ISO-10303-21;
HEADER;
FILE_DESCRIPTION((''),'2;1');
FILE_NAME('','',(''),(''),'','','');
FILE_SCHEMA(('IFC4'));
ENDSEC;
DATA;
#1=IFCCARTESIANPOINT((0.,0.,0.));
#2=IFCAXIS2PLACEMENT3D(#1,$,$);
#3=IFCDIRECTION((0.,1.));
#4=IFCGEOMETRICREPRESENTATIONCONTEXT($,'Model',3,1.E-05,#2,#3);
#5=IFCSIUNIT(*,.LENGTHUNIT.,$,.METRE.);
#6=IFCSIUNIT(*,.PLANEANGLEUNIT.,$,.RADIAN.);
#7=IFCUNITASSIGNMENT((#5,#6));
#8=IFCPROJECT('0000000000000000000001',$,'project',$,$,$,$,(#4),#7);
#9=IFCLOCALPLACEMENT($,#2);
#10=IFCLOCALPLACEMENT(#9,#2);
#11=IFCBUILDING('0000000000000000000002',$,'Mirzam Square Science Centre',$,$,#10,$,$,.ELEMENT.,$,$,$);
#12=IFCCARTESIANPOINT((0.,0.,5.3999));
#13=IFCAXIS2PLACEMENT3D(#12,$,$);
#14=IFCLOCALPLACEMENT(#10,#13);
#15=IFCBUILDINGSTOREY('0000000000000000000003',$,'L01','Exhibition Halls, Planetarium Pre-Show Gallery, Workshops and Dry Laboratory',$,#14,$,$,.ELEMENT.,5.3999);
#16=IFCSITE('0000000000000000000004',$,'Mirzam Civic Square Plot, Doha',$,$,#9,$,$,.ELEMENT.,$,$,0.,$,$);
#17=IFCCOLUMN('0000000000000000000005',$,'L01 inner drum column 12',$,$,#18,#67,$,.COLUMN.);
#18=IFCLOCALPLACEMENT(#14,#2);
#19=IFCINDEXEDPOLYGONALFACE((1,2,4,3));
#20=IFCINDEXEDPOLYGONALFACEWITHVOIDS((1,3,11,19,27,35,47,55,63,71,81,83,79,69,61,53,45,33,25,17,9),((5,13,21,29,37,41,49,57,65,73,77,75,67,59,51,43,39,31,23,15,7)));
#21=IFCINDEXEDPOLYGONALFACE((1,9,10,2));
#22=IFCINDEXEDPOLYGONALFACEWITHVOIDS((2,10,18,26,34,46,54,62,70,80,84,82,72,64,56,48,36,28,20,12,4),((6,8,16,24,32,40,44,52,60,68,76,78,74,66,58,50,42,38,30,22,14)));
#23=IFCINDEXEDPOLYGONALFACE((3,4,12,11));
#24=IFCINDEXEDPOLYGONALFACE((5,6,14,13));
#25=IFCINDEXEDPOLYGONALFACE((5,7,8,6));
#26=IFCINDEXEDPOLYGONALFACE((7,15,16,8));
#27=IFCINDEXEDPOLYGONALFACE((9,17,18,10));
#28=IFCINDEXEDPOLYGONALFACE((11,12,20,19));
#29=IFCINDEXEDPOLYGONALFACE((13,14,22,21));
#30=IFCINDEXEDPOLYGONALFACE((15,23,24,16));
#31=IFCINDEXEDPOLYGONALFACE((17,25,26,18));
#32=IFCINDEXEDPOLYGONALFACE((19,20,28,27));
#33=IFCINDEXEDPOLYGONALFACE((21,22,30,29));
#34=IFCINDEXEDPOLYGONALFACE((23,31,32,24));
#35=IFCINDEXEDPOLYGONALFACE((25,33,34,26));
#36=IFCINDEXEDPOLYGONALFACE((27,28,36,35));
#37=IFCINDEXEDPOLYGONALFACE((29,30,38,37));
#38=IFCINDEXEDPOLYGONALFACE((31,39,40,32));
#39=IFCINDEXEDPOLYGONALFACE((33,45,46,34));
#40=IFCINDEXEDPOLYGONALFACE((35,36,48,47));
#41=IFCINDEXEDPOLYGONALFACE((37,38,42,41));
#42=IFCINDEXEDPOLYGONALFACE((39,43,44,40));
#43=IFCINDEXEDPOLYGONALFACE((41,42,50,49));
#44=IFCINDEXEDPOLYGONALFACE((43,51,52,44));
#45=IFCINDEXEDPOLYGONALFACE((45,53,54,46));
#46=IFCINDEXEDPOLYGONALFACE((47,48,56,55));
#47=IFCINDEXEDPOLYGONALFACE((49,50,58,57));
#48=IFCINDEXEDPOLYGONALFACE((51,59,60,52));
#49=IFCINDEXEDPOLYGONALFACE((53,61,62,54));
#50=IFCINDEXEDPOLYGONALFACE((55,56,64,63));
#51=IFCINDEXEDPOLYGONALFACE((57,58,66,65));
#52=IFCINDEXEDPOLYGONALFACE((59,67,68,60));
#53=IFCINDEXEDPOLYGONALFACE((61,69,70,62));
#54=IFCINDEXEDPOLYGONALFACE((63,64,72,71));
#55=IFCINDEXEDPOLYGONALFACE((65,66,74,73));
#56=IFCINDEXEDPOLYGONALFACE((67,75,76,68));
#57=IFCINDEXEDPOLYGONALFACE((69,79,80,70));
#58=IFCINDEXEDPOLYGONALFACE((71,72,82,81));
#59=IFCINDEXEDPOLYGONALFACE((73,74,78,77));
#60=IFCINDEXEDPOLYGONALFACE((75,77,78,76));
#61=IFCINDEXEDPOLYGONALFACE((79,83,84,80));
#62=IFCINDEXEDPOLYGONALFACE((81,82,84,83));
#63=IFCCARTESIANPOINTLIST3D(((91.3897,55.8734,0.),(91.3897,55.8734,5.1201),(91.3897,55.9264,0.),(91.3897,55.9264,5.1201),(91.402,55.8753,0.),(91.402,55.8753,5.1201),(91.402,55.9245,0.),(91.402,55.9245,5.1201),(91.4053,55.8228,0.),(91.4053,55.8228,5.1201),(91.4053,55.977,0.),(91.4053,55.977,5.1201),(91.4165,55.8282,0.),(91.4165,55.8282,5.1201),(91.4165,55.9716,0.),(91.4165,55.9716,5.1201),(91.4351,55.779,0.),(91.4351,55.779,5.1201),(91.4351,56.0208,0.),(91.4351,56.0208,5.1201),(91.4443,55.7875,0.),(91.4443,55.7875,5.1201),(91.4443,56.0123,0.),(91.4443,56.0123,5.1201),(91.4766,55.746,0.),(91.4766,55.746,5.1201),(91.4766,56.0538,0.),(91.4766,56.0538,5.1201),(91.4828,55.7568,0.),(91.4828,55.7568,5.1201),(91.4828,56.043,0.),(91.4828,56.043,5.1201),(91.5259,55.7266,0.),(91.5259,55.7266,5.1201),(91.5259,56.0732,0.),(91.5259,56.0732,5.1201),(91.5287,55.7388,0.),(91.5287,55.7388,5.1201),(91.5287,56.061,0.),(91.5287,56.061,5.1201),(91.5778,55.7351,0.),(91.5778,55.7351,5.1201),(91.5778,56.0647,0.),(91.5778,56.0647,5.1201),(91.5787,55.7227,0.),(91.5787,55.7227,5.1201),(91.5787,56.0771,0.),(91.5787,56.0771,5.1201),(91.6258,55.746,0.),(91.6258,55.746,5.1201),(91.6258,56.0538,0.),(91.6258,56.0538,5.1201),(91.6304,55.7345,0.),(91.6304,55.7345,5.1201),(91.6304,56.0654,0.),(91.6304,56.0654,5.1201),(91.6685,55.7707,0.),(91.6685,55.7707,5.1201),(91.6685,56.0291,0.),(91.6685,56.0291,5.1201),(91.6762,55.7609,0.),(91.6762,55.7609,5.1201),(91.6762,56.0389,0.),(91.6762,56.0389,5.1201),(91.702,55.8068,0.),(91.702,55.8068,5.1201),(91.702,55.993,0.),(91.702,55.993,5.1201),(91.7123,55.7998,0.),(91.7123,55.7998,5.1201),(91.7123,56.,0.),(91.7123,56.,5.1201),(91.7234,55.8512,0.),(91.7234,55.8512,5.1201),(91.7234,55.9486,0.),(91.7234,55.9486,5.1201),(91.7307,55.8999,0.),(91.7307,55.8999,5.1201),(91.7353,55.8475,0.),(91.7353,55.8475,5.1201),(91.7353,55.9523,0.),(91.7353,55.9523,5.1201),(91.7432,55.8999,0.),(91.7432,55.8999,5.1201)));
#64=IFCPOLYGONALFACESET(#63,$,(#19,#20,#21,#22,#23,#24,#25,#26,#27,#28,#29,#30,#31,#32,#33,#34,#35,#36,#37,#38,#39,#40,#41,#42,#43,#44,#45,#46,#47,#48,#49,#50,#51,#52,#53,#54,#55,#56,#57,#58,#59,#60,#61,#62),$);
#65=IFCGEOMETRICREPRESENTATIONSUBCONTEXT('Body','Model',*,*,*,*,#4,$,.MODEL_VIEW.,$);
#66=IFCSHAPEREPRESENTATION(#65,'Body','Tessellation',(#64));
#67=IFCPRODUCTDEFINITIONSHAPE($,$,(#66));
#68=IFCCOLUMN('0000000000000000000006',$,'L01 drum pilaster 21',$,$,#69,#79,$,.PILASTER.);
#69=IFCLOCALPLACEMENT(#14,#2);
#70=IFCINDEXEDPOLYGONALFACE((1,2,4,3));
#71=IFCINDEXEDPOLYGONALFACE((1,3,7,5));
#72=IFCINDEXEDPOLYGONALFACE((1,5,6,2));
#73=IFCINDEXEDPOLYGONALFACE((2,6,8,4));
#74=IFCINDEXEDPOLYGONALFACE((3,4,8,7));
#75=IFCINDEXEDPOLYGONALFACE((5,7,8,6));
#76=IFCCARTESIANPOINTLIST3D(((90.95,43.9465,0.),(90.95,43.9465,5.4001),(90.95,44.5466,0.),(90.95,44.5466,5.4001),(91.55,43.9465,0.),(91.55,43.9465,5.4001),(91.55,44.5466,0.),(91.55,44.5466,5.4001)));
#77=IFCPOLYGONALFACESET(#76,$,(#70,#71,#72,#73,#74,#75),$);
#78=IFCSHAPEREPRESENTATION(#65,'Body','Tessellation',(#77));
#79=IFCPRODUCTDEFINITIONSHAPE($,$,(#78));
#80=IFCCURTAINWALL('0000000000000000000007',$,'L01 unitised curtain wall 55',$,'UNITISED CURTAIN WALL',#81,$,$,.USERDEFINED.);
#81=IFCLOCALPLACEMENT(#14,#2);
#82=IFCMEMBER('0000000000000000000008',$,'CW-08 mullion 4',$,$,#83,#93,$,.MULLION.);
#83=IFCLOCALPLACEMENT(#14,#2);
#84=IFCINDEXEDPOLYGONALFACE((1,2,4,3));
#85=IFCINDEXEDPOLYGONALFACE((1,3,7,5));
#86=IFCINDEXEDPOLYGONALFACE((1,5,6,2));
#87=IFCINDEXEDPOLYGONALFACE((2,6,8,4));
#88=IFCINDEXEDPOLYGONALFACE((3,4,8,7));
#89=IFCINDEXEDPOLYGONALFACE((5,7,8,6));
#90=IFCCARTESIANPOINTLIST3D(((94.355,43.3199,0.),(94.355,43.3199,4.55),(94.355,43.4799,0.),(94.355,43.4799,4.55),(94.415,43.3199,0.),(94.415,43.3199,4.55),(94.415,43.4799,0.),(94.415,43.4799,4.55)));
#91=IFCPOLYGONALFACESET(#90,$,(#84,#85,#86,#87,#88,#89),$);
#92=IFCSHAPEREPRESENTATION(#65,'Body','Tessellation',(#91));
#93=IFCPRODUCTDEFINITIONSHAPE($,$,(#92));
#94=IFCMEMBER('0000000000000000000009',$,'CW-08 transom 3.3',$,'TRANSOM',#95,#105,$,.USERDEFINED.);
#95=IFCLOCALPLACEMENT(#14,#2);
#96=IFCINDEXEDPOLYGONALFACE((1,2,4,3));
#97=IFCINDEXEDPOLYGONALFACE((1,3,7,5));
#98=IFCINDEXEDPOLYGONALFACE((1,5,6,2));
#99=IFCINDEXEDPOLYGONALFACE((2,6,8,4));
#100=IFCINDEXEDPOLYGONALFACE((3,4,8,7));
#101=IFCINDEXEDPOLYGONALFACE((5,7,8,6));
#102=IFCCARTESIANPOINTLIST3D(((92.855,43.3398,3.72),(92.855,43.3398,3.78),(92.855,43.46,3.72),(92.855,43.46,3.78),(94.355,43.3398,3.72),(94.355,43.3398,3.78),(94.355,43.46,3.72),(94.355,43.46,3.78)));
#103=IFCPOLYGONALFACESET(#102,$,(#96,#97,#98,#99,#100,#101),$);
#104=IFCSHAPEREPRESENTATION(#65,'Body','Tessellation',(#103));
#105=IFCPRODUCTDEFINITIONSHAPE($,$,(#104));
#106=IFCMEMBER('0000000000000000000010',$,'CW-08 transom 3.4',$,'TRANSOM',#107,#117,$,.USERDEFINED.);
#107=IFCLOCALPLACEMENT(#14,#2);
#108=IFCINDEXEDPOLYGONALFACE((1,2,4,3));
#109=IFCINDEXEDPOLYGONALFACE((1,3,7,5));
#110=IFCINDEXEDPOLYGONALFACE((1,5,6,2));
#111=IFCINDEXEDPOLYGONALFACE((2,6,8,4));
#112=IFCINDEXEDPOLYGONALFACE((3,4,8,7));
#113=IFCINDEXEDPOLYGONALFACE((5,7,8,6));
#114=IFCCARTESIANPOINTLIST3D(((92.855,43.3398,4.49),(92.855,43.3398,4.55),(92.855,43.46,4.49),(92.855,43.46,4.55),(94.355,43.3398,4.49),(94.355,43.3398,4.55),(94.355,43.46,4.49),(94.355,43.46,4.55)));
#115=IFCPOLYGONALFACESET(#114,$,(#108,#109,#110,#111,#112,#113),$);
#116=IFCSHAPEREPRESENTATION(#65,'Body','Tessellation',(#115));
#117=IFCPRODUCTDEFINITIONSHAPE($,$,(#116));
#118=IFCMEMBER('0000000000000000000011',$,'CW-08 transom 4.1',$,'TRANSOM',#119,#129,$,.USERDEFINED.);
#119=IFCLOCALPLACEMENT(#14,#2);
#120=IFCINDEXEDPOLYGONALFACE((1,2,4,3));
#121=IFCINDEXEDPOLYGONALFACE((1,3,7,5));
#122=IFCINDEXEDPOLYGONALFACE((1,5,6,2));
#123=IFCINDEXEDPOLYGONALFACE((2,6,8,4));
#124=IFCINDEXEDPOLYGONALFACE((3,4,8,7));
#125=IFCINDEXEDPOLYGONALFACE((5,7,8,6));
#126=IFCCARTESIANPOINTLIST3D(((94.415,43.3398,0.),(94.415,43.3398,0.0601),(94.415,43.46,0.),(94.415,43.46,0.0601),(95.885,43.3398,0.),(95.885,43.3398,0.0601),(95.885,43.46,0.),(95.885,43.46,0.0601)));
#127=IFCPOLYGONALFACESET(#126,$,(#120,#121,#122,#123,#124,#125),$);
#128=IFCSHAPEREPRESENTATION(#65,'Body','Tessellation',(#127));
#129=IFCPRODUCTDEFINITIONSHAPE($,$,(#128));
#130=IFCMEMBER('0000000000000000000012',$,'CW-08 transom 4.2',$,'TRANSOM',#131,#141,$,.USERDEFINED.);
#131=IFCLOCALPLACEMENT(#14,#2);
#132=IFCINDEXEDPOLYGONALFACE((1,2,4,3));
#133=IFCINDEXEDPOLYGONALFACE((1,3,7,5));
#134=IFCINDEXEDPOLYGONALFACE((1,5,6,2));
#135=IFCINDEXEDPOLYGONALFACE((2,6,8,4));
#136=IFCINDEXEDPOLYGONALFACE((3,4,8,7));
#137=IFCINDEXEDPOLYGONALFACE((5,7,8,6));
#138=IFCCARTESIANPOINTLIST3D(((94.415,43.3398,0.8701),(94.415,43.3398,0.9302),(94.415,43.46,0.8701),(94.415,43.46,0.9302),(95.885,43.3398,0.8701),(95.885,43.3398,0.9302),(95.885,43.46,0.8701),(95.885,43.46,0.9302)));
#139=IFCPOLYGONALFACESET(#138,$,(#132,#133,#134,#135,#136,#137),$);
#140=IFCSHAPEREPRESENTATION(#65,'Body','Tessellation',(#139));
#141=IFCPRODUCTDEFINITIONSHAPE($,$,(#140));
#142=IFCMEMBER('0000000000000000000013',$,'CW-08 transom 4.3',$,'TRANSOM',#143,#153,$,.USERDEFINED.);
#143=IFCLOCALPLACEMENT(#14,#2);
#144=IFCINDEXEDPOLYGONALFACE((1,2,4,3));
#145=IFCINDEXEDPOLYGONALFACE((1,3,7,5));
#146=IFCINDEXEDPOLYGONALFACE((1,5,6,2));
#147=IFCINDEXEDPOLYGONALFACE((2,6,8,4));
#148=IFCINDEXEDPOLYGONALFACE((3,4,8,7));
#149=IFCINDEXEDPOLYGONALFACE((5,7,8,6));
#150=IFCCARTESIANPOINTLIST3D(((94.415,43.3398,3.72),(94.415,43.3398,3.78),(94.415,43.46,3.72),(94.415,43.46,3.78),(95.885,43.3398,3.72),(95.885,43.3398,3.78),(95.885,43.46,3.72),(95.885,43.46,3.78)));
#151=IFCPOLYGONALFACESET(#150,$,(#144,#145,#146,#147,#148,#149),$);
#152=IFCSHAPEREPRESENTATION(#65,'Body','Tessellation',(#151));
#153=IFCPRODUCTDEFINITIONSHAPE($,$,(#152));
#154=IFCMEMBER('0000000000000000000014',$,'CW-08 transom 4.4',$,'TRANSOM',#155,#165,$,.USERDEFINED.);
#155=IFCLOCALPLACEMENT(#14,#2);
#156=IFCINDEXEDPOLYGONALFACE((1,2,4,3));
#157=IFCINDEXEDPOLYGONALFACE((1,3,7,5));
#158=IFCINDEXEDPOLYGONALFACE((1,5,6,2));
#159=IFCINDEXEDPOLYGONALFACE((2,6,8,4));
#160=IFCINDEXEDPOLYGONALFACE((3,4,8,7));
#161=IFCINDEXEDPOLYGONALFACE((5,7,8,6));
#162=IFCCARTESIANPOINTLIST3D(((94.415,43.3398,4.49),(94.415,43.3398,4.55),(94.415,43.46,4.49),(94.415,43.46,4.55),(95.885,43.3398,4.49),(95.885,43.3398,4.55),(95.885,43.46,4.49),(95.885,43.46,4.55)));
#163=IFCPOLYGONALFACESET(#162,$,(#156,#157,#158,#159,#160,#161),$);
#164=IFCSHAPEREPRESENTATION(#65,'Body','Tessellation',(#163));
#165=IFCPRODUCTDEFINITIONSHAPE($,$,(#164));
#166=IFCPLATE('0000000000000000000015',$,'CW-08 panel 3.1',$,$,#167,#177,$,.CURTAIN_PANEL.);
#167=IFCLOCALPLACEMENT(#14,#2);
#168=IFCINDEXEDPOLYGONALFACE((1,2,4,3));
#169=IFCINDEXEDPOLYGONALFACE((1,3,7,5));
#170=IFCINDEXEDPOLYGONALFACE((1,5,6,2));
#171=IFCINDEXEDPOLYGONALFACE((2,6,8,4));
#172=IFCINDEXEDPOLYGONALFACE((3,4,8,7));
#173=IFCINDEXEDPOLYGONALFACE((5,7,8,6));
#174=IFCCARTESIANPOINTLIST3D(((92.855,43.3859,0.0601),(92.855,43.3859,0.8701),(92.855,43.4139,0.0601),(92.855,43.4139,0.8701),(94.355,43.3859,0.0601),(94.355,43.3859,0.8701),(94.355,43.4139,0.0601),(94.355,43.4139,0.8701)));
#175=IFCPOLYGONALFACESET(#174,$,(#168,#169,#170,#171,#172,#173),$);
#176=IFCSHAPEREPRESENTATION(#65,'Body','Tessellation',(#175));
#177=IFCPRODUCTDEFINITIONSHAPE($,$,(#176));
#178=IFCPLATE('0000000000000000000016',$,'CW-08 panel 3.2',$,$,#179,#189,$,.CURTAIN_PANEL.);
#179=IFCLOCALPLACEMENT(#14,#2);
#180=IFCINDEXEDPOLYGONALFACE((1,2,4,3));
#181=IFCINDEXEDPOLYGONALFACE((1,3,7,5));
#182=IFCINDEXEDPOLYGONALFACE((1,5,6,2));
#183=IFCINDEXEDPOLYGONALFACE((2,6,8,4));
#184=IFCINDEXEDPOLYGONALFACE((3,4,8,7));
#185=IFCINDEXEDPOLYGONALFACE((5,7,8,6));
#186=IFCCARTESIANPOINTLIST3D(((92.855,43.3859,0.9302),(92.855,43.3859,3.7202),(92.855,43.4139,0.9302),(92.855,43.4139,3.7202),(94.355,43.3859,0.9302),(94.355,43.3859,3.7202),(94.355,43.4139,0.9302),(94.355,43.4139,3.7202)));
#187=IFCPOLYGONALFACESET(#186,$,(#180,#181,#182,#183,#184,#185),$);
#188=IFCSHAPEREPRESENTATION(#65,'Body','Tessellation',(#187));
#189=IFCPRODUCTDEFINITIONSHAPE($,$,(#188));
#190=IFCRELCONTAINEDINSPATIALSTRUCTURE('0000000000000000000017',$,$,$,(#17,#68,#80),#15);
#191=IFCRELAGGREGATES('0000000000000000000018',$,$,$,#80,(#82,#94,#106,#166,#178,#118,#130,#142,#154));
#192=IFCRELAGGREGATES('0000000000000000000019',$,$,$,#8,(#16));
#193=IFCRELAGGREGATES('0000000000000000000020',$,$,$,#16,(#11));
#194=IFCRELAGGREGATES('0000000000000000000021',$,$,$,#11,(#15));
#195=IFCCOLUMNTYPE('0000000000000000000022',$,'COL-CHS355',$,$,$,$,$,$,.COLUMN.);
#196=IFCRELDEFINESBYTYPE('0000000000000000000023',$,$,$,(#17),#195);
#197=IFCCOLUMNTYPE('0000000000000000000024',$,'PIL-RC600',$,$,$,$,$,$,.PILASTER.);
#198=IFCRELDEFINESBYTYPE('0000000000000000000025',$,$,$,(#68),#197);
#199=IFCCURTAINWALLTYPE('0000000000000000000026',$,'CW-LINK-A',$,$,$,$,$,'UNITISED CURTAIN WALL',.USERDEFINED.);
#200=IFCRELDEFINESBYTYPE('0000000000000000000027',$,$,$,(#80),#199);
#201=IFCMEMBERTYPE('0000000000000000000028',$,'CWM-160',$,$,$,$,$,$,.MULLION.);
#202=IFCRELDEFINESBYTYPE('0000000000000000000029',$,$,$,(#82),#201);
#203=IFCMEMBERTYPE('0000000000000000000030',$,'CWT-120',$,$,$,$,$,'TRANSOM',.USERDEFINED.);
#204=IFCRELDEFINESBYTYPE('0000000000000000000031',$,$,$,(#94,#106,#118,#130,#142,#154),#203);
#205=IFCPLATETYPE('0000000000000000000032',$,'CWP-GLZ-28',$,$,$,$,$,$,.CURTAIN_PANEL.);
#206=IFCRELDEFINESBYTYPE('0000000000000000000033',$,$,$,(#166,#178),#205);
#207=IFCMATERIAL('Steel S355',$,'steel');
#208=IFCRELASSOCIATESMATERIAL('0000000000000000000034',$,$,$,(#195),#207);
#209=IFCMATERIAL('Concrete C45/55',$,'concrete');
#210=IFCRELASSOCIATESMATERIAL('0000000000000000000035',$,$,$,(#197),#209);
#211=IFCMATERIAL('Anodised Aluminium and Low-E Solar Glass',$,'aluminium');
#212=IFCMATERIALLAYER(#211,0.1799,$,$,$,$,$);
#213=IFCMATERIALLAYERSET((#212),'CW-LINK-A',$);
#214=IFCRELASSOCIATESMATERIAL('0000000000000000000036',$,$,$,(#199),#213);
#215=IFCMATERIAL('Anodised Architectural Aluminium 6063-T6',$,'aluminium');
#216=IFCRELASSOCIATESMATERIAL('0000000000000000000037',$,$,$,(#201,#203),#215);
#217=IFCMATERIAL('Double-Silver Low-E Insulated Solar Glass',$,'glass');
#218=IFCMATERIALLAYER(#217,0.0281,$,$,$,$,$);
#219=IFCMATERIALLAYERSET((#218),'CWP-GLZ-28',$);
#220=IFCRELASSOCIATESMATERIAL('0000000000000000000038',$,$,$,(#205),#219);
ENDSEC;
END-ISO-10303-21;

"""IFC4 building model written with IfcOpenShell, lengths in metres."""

from ifc_helpers import new_model, si_unit, direction, frame, origin, origin_2d, place, context, subcontext, project, spatial, rectangle, hollow_circle, extrude, material, layer, layer_set, material_profile, profile_set, type_object, element, aggregate, save


model = new_model("IFC4")

# Units and contexts
model_context = context("Model", 3, precision=1e-05, world=origin(), true_north=direction((0.0, 1.0)))
body_context = subcontext(model_context, "Body", "Model", "MODEL_VIEW")
ifc_project = project(units=[si_unit("LENGTHUNIT", "METRE"), si_unit("PLANEANGLEUNIT", "RADIAN")], contexts=[model_context])

# Site, building, storey
site_placement = place(None, origin())
site = spatial("IfcSite", under=ifc_project, at=site_placement, Name="Mirzam Civic Square Plot, Doha", CompositionType="ELEMENT", RefElevation=0.0)
building_placement = place(site_placement, origin())
building = spatial("IfcBuilding", under=site, at=building_placement, Name="Mirzam Square Science Centre", CompositionType="ELEMENT")
storey_placement = place(building_placement, frame((0.0, 0.0, 5.3999)))
storey = spatial("IfcBuildingStorey", under=building, at=storey_placement, Name="L01", Description="Exhibition Halls, Planetarium Pre-Show Gallery, Workshops and Dry Laboratory", CompositionType="ELEMENT", Elevation=5.3999)

# Columns
ifc_material_1 = material(Name="Steel S355", Category="steel")
ifc_material_profile_1 = material_profile(ifc_material_1, hollow_circle(Radius=0.1777, WallThickness=0.0125, at=origin_2d()), Name="355.6x12.5CHS")
ifc_profile_set_1 = profile_set([ifc_material_profile_1], Name="Steel S355")
column_type_1 = type_object("IfcColumnType", Name="COL-CHS355", PredefinedType="COLUMN", material=ifc_profile_set_1)
column_1_placement = place(storey_placement, frame((91.5654, 55.8999, 0.0), z_axis=(0.0, 0.0, 1.0), x_axis=(1.0, 0.0, 0.0)))
element("IfcColumn", 1, at=column_1_placement, inside=storey, type_object=column_type_1, Name="L01 inner drum column 12", PredefinedType="COLUMN", context=body_context, shape_type="SweptSolid", body=[
    extrude(hollow_circle(Radius=0.1777, WallThickness=0.0125, at=origin_2d()), origin(), (0.0, 0.0, 1.0), 5.1201),
])
ifc_material_2 = material(Name="Concrete C45/55", Category="concrete")
ifc_material_profile_2 = material_profile(ifc_material_2, rectangle(XDim=0.6001, YDim=0.6001, at=origin_2d()), Name="RC600x600")
ifc_profile_set_2 = profile_set([ifc_material_profile_2], Name="Concrete C45/55")
column_type_2 = type_object("IfcColumnType", Name="PIL-RC600", PredefinedType="PILASTER", material=ifc_profile_set_2)
column_2_placement = place(storey_placement, frame((91.25, 44.2466, 0.0), z_axis=(0.0, 0.0, 1.0), x_axis=(1.0, 0.0, 0.0)))
element("IfcColumn", 2, at=column_2_placement, inside=storey, type_object=column_type_2, Name="L01 drum pilaster 21", PredefinedType="PILASTER", context=body_context, shape_type="SweptSolid", body=[
    extrude(rectangle(XDim=0.6001, YDim=0.6001, at=origin_2d()), origin(), (0.0, 0.0, 1.0), 5.4001),
])

# Curtain wall, members, plates
ifc_material_3 = material(Name="Anodised Aluminium and Low-E Solar Glass", Category="aluminium")
ifc_layer_1 = layer(ifc_material_3, 0.1799)
ifc_layer_set_1 = layer_set([ifc_layer_1], Name="CW-LINK-A")
curtain_wall_type = type_object("IfcCurtainWallType", Name="CW-LINK-A", ElementType="UNITISED CURTAIN WALL", PredefinedType="USERDEFINED", material=ifc_layer_set_1)
curtain_wall_placement = place(storey_placement, origin())
curtain_wall = element("IfcCurtainWall", 3, at=curtain_wall_placement, inside=storey, type_object=curtain_wall_type, Name="L01 unitised curtain wall 55", ObjectType="UNITISED CURTAIN WALL", PredefinedType="USERDEFINED")
ifc_material_4 = material(Name="Anodised Architectural Aluminium 6063-T6", Category="aluminium")
ifc_material_profile_3 = material_profile(ifc_material_4, rectangle(XDim=0.0601, YDim=0.1599, at=origin_2d()), Name="ALU-MULL-160x60x4")
ifc_profile_set_3 = profile_set([ifc_material_profile_3], Name="Anodised Architectural Aluminium 6063-T6")
member_type_1 = type_object("IfcMemberType", Name="CWM-160", PredefinedType="MULLION", material=ifc_profile_set_3)
member_1_placement = place(storey_placement, frame((94.385, 43.3999, 0.0), z_axis=(0.0, 0.0, 1.0), x_axis=(1.0, 0.0, 0.0)))
member_1 = element("IfcMember", 4, at=member_1_placement, type_object=member_type_1, Name="CW-08 mullion 4", PredefinedType="MULLION", context=body_context, shape_type="SweptSolid", body=[
    extrude(rectangle(XDim=0.0601, YDim=0.1599, at=origin_2d()), origin(), (0.0, 0.0, 1.0), 4.55),
])
ifc_material_profile_4 = material_profile(ifc_material_4, rectangle(XDim=0.1201, YDim=0.0601, at=origin_2d()), Name="ALU-TRAN-120x60x4")
ifc_profile_set_4 = profile_set([ifc_material_profile_4], Name="Anodised Architectural Aluminium 6063-T6")
member_type_2 = type_object("IfcMemberType", Name="CWT-120", ElementType="TRANSOM", PredefinedType="USERDEFINED", material=ifc_profile_set_4)
member_2_placement = place(storey_placement, frame((92.855, 43.3999, 3.75), z_axis=(1.0, 0.0, 0.0), x_axis=(0.0, 1.0, 0.0)))
member_2 = element("IfcMember", 5, at=member_2_placement, type_object=member_type_2, Name="CW-08 transom 3.3", ObjectType="TRANSOM", PredefinedType="USERDEFINED", context=body_context, shape_type="SweptSolid", body=[
    extrude(rectangle(XDim=0.1201, YDim=0.0601, at=origin_2d()), origin(), (0.0, 0.0, 1.0), 1.5),
])
member_3_placement = place(storey_placement, frame((92.855, 43.3999, 4.52), z_axis=(1.0, 0.0, 0.0), x_axis=(0.0, 1.0, 0.0)))
member_3 = element("IfcMember", 6, at=member_3_placement, type_object=member_type_2, Name="CW-08 transom 3.4", ObjectType="TRANSOM", PredefinedType="USERDEFINED", context=body_context, shape_type="SweptSolid", body=[
    extrude(rectangle(XDim=0.1201, YDim=0.0601, at=origin_2d()), origin(), (0.0, 0.0, 1.0), 1.5),
])
member_4_placement = place(storey_placement, frame((94.415, 43.3999, 0.03), z_axis=(1.0, 0.0, 0.0), x_axis=(0.0, 1.0, 0.0)))
member_4 = element("IfcMember", 7, at=member_4_placement, type_object=member_type_2, Name="CW-08 transom 4.1", ObjectType="TRANSOM", PredefinedType="USERDEFINED", context=body_context, shape_type="SweptSolid", body=[
    extrude(rectangle(XDim=0.1201, YDim=0.0601, at=origin_2d()), origin(), (0.0, 0.0, 1.0), 1.47),
])
member_5_placement = place(storey_placement, frame((94.415, 43.3999, 0.9001), z_axis=(1.0, 0.0, 0.0), x_axis=(0.0, 1.0, 0.0)))
member_5 = element("IfcMember", 8, at=member_5_placement, type_object=member_type_2, Name="CW-08 transom 4.2", ObjectType="TRANSOM", PredefinedType="USERDEFINED", context=body_context, shape_type="SweptSolid", body=[
    extrude(rectangle(XDim=0.1201, YDim=0.0601, at=origin_2d()), origin(), (0.0, 0.0, 1.0), 1.47),
])
member_6_placement = place(storey_placement, frame((94.415, 43.3999, 3.75), z_axis=(1.0, 0.0, 0.0), x_axis=(0.0, 1.0, 0.0)))
member_6 = element("IfcMember", 9, at=member_6_placement, type_object=member_type_2, Name="CW-08 transom 4.3", ObjectType="TRANSOM", PredefinedType="USERDEFINED", context=body_context, shape_type="SweptSolid", body=[
    extrude(rectangle(XDim=0.1201, YDim=0.0601, at=origin_2d()), origin(), (0.0, 0.0, 1.0), 1.47),
])
member_7_placement = place(storey_placement, frame((94.415, 43.3999, 4.52), z_axis=(1.0, 0.0, 0.0), x_axis=(0.0, 1.0, 0.0)))
member_7 = element("IfcMember", 10, at=member_7_placement, type_object=member_type_2, Name="CW-08 transom 4.4", ObjectType="TRANSOM", PredefinedType="USERDEFINED", context=body_context, shape_type="SweptSolid", body=[
    extrude(rectangle(XDim=0.1201, YDim=0.0601, at=origin_2d()), origin(), (0.0, 0.0, 1.0), 1.47),
])
ifc_material_5 = material(Name="Double-Silver Low-E Insulated Solar Glass", Category="glass")
ifc_layer_2 = layer(ifc_material_5, 0.0281)
ifc_layer_set_2 = layer_set([ifc_layer_2], Name="CWP-GLZ-28")
plate_type = type_object("IfcPlateType", Name="CWP-GLZ-28", PredefinedType="CURTAIN_PANEL", material=ifc_layer_set_2)
plate_1_placement = place(storey_placement, frame((93.605, 43.3999, 0.0601), z_axis=(0.0, 0.0, 1.0), x_axis=(1.0, 0.0, 0.0)))
plate_1 = element("IfcPlate", 11, at=plate_1_placement, type_object=plate_type, Name="CW-08 panel 3.1", PredefinedType="CURTAIN_PANEL", context=body_context, shape_type="SweptSolid", body=[
    extrude(rectangle(XDim=1.5, YDim=0.0281, at=origin_2d()), origin(), (0.0, 0.0, 1.0), 0.8101),
])
plate_2_placement = place(storey_placement, frame((93.605, 43.3999, 0.9302), z_axis=(0.0, 0.0, 1.0), x_axis=(1.0, 0.0, 0.0)))
plate_2 = element("IfcPlate", 12, at=plate_2_placement, type_object=plate_type, Name="CW-08 panel 3.2", PredefinedType="CURTAIN_PANEL", context=body_context, shape_type="SweptSolid", body=[
    extrude(rectangle(XDim=1.5, YDim=0.0281, at=origin_2d()), origin(), (0.0, 0.0, 1.0), 2.79),
])
aggregate(curtain_wall, [member_1, member_2, member_3, plate_1, plate_2, member_4, member_5, member_6, member_7])

save(model, "model.ifc")
